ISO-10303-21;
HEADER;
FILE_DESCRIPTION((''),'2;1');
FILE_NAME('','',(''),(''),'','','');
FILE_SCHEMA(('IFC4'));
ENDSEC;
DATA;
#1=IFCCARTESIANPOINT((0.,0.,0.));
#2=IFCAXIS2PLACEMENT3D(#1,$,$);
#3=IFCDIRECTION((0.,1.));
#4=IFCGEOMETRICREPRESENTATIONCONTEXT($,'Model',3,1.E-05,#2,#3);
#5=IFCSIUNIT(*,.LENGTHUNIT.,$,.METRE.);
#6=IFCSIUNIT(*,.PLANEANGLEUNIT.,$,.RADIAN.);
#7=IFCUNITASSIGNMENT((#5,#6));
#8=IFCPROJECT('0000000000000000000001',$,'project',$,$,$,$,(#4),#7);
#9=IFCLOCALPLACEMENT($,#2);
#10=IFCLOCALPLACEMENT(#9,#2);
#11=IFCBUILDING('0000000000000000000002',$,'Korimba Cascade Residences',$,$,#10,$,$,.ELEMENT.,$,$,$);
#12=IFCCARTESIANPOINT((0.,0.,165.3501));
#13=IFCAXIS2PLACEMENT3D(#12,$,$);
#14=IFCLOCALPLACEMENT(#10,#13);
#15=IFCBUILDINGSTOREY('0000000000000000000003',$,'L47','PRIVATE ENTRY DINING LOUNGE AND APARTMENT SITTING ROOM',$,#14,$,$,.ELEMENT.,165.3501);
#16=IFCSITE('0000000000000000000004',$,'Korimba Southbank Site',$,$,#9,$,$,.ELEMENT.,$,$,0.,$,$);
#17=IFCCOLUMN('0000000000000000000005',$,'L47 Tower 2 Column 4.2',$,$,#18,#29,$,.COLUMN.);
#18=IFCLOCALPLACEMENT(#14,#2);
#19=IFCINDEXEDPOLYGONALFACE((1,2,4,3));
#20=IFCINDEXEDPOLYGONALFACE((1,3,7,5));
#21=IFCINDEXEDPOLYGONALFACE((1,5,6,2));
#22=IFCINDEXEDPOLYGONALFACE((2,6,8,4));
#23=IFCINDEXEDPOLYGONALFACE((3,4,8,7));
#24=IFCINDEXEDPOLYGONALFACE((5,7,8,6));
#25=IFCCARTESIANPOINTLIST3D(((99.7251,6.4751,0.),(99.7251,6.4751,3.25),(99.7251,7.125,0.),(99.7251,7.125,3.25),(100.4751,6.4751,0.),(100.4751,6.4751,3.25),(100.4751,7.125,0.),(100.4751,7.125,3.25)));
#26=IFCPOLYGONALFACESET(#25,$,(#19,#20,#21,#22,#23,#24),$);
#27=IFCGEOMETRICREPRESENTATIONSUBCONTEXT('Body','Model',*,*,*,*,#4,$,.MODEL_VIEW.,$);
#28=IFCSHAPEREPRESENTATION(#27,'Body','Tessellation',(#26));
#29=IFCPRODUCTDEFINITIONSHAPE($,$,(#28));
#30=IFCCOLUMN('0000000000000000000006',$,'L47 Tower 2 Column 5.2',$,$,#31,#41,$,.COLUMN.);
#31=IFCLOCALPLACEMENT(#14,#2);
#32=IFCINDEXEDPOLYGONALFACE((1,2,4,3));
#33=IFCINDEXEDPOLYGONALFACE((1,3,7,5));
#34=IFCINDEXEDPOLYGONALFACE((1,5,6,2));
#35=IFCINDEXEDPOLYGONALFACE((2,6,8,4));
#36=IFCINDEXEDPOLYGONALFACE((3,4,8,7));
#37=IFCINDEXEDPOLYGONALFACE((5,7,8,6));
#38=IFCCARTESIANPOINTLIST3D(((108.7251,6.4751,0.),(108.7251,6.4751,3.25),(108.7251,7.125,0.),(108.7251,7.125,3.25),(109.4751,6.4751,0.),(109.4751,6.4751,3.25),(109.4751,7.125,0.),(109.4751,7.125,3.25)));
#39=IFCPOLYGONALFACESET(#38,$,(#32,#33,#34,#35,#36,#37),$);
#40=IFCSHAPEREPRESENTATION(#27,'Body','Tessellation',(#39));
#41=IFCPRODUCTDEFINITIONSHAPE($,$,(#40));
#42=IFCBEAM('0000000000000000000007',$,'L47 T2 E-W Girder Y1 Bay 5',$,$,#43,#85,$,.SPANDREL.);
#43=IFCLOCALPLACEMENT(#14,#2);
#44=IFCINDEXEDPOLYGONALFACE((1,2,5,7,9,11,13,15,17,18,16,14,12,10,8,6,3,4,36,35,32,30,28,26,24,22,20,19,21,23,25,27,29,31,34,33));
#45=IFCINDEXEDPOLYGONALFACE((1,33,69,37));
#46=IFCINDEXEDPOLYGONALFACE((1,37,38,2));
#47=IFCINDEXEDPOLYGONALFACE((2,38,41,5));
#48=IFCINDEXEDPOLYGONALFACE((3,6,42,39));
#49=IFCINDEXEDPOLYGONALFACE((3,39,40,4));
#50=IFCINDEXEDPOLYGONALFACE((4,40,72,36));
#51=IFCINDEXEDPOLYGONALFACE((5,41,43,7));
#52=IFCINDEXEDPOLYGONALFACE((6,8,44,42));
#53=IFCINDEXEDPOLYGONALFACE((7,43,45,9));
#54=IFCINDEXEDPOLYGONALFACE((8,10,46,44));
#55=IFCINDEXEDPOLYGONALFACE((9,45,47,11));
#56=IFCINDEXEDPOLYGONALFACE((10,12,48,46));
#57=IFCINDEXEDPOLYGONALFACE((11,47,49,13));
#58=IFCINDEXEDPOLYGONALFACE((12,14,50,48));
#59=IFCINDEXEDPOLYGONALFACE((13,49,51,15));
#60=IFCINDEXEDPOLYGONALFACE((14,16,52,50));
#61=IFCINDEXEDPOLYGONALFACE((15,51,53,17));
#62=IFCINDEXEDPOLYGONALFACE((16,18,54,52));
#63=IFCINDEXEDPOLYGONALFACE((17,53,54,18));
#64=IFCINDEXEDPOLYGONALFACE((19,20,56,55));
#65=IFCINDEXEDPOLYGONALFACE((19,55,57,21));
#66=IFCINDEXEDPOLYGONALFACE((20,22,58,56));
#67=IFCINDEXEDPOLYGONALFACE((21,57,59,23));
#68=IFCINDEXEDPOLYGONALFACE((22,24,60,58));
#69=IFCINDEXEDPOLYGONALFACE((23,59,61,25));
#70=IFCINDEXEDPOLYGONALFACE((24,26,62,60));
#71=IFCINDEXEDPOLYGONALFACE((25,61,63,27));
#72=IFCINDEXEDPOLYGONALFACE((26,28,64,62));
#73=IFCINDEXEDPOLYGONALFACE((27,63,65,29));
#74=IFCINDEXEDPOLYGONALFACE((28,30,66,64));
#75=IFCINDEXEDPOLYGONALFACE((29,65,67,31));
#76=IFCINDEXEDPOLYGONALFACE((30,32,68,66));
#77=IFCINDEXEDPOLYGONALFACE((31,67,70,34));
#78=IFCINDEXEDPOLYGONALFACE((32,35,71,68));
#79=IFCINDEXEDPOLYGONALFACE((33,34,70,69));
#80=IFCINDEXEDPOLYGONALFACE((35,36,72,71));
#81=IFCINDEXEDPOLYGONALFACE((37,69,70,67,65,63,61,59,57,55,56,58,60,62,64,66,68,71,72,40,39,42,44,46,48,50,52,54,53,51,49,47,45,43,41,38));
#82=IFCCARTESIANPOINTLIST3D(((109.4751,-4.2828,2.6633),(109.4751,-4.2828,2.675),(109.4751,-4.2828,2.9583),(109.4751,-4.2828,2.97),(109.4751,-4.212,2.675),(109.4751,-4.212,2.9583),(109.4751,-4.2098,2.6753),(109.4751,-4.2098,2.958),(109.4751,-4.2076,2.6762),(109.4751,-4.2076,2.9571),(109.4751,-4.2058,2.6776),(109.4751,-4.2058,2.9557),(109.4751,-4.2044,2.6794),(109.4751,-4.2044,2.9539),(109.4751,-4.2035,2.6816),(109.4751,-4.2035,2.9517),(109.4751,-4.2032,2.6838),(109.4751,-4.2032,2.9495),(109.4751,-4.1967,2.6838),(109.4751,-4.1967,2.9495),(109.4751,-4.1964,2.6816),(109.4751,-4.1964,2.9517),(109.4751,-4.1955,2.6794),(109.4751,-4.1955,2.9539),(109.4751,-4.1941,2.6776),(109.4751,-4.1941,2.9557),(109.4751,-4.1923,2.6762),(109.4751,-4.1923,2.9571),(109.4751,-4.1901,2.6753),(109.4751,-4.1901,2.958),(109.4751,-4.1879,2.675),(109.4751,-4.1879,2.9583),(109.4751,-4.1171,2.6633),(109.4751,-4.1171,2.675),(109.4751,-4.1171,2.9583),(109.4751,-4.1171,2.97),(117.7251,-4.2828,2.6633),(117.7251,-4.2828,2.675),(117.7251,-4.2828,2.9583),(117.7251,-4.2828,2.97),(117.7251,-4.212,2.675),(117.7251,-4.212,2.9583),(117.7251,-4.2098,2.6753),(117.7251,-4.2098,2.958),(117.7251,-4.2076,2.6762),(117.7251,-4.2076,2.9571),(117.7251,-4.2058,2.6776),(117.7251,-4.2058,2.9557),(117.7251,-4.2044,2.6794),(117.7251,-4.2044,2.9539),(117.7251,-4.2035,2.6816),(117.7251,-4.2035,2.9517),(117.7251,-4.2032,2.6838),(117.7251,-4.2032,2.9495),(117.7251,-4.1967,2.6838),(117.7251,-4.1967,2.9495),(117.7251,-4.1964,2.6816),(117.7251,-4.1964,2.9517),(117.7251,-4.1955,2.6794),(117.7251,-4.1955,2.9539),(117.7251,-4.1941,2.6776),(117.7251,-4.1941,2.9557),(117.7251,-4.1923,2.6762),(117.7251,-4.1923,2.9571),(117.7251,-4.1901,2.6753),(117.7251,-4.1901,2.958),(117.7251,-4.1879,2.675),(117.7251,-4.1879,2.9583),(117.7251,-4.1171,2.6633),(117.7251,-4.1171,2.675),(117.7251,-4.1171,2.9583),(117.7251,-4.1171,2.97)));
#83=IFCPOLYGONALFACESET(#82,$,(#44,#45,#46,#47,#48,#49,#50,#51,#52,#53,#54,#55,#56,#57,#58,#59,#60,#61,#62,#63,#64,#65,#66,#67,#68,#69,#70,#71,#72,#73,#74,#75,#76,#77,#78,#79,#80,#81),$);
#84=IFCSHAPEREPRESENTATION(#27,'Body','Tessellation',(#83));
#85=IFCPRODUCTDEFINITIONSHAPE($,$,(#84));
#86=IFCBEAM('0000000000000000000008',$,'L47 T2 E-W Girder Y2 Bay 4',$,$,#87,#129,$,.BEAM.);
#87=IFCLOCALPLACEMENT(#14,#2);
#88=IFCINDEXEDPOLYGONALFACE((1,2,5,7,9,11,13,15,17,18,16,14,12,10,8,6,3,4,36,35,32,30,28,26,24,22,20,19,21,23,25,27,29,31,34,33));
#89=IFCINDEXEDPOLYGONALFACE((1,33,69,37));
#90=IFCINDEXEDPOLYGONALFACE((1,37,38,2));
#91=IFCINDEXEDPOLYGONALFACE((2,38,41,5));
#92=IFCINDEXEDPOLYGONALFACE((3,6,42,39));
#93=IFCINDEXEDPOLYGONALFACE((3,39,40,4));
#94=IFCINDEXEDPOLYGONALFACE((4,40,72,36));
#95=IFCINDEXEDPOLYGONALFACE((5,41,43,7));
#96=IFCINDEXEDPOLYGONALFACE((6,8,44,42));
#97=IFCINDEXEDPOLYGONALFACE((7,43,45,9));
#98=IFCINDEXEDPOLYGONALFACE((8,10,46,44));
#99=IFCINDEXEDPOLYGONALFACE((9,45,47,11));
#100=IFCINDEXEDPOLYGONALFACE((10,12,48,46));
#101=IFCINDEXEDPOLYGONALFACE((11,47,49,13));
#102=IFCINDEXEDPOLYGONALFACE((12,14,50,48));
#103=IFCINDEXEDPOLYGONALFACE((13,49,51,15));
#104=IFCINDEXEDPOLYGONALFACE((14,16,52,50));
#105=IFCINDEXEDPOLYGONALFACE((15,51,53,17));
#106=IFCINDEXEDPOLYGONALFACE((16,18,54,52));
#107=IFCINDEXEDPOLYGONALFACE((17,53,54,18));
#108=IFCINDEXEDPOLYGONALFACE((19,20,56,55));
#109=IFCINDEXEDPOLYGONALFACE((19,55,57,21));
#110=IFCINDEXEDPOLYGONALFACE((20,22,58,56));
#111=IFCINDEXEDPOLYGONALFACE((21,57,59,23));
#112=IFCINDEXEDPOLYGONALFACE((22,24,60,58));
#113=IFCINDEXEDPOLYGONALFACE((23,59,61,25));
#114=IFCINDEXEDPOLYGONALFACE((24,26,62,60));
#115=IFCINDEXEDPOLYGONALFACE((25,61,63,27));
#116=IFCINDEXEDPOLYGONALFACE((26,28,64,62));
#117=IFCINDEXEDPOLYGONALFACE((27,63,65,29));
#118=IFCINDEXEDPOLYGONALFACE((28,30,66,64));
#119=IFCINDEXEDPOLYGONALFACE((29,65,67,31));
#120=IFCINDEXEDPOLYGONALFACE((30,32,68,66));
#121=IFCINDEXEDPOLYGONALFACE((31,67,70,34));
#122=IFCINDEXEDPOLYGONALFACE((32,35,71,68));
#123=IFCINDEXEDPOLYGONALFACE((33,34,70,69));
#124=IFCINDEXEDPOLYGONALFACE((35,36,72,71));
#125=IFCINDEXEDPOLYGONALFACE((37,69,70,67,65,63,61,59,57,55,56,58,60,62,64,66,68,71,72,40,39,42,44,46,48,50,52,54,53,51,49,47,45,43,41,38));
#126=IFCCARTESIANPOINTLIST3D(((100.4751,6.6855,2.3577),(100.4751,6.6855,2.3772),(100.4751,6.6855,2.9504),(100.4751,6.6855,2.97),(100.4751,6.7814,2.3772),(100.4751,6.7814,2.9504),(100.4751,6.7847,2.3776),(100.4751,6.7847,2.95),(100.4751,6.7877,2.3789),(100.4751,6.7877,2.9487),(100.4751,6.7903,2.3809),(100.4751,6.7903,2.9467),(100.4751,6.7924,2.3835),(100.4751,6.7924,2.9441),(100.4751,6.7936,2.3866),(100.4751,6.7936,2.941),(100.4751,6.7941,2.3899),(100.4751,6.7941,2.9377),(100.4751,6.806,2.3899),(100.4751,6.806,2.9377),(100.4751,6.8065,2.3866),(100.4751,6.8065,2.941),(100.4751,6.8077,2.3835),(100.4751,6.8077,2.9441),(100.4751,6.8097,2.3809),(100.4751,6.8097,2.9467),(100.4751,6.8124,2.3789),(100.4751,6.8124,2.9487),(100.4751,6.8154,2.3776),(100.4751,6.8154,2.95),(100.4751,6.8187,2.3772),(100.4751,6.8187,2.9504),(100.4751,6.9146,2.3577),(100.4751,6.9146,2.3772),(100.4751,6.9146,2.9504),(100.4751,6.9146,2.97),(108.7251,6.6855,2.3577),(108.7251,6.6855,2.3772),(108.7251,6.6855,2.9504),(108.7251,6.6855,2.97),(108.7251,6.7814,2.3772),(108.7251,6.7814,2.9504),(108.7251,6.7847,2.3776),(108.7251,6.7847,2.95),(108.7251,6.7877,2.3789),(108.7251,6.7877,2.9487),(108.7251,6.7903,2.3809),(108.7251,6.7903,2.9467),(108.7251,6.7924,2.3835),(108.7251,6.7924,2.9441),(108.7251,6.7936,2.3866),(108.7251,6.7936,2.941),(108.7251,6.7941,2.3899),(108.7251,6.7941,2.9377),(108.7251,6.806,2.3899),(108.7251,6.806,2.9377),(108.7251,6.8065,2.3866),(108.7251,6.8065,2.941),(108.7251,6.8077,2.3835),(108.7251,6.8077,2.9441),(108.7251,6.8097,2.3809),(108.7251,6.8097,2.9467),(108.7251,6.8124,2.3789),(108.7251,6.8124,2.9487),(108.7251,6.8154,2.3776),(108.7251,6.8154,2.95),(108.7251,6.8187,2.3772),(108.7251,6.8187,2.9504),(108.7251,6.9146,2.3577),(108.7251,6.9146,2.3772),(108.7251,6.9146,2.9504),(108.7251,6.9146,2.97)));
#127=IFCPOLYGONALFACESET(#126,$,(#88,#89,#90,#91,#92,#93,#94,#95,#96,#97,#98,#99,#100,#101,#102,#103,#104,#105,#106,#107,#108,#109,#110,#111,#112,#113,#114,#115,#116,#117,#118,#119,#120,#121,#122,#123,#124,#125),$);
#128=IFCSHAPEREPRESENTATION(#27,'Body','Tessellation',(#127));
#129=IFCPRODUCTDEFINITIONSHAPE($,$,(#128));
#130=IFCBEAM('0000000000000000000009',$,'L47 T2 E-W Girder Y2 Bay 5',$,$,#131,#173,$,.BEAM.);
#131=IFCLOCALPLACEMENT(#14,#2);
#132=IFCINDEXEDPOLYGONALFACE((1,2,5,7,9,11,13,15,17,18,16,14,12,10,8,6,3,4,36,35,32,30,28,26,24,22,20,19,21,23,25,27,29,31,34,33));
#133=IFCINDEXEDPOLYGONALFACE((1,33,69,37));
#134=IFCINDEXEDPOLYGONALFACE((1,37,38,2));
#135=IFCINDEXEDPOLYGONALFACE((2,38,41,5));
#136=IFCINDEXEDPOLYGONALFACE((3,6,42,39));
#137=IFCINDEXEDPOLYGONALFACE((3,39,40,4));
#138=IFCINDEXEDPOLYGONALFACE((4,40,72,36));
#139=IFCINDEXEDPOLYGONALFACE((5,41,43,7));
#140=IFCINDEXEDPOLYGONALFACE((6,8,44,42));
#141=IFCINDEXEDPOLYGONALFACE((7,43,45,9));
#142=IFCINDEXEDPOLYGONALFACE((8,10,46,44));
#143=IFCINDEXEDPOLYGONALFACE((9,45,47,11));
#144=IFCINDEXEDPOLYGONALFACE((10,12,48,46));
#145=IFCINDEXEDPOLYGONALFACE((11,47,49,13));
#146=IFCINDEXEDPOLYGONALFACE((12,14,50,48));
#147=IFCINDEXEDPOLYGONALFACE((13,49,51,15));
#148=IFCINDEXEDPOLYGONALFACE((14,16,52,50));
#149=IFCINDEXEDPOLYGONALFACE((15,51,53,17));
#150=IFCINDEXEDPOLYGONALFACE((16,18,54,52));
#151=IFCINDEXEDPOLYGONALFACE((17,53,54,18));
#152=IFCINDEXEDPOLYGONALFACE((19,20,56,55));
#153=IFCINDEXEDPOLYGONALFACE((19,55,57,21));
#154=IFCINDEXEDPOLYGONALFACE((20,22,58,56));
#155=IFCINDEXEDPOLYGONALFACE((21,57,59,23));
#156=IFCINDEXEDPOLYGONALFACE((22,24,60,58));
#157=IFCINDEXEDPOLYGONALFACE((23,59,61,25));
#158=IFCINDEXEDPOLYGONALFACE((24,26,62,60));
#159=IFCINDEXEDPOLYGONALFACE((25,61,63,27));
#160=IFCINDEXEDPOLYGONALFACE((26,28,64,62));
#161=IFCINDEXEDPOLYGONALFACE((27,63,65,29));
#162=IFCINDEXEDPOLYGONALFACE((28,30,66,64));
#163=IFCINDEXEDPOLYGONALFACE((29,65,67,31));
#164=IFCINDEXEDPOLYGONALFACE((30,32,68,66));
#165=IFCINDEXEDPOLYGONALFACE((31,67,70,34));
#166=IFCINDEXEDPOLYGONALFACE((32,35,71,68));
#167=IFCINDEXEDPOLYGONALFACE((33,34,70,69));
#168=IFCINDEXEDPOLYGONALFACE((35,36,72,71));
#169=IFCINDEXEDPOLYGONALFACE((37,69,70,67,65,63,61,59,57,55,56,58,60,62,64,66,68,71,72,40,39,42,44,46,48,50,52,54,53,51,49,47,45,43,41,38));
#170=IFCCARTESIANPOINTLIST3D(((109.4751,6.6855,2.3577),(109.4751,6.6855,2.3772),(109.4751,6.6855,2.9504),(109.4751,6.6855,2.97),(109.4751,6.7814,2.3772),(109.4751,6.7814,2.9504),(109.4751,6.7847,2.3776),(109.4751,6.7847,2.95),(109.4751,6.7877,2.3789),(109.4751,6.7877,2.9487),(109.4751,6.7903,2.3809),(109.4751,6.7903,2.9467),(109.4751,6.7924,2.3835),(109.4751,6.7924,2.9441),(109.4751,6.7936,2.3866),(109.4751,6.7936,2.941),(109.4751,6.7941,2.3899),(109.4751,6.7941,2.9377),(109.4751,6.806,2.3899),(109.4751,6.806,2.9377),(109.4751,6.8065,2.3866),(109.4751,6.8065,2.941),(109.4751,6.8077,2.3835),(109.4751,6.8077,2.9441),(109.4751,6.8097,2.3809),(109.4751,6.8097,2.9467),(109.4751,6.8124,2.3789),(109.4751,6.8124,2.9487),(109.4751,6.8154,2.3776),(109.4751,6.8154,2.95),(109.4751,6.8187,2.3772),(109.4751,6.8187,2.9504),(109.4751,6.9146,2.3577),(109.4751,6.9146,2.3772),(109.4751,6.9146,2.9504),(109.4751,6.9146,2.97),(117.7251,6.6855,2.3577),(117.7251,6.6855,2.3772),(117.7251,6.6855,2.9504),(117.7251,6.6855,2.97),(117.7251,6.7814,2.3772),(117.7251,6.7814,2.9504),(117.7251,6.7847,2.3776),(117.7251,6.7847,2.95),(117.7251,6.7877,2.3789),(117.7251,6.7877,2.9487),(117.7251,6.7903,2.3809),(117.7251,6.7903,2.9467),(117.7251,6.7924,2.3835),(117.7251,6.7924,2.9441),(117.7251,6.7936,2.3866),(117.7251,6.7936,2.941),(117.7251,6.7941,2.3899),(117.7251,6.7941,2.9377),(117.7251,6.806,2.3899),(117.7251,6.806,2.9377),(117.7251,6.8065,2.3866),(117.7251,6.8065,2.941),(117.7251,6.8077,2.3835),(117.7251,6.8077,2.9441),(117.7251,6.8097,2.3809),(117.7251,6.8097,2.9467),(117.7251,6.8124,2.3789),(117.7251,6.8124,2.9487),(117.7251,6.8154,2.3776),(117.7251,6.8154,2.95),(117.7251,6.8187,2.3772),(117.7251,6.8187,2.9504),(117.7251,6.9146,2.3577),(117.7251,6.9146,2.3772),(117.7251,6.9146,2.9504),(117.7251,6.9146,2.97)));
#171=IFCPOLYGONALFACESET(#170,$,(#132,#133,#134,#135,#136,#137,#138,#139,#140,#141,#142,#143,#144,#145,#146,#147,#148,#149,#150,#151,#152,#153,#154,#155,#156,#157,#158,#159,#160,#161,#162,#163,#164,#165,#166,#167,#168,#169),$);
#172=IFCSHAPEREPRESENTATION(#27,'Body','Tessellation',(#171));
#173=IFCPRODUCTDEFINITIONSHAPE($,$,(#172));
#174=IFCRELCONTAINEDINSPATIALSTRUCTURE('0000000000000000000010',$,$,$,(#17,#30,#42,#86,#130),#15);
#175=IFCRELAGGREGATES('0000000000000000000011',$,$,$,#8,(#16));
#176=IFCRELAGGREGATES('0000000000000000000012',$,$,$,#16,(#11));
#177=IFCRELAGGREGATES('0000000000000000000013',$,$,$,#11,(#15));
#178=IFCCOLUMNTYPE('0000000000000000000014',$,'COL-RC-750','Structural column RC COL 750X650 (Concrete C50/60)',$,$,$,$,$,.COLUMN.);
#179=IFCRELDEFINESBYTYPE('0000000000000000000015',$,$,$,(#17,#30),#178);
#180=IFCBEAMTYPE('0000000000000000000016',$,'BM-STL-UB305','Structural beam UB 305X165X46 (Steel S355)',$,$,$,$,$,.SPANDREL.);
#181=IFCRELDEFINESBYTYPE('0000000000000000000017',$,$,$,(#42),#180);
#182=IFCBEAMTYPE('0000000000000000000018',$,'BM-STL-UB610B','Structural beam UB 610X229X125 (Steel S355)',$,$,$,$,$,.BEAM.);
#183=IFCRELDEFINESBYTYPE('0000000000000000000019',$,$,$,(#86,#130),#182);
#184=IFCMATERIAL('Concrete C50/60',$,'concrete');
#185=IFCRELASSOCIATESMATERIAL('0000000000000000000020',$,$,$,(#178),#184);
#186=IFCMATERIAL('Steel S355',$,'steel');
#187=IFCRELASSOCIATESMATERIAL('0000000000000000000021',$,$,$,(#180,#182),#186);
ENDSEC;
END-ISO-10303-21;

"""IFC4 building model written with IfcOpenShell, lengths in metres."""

from ifc_helpers import new_model, si_unit, direction, frame, origin, origin_2d, place, context, subcontext, project, spatial, rectangle, i_section, extrude, material, material_profile, profile_set, type_object, element, save


model = new_model("IFC4")

# Units and contexts
model_context = context("Model", 3, precision=1e-05, world=origin(), true_north=direction((0.0, 1.0)))
body_context = subcontext(model_context, "Body", "Model", "MODEL_VIEW")
ifc_project = project(units=[si_unit("LENGTHUNIT", "METRE"), si_unit("PLANEANGLEUNIT", "RADIAN")], contexts=[model_context])

# Site, building, storey
site_placement = place(None, origin())
site = spatial("IfcSite", under=ifc_project, at=site_placement, Name="Korimba Southbank Site", CompositionType="ELEMENT", RefElevation=0.0)
building_placement = place(site_placement, origin())
building = spatial("IfcBuilding", under=site, at=building_placement, Name="Korimba Cascade Residences", CompositionType="ELEMENT")
storey_placement = place(building_placement, frame((0.0, 0.0, 165.3501)))
storey = spatial("IfcBuildingStorey", under=building, at=storey_placement, Name="L47", Description="PRIVATE ENTRY DINING LOUNGE AND APARTMENT SITTING ROOM", CompositionType="ELEMENT", Elevation=165.3501)

# Columns
ifc_material_1 = material(Name="Concrete C50/60", Category="concrete")
ifc_material_profile_1 = material_profile(ifc_material_1, rectangle(XDim=0.75, YDim=0.6499, at=origin_2d()), Name="Concrete C50/60")
ifc_profile_set_1 = profile_set([ifc_material_profile_1], Name="Concrete C50/60")
column_type = type_object("IfcColumnType", Name="COL-RC-750", Description="Structural column RC COL 750X650 (Concrete C50/60)", PredefinedType="COLUMN", material=ifc_profile_set_1)
for number, where, z_axis, x_axis, name in (
    (1, (100.1001, 6.8, 0.0), (0.0, 0.0, 1.0), (1.0, 0.0, 0.0), "L47 Tower 2 Column 4.2"),
    (2, (109.1001, 6.8, 0.0), (0.0, 0.0, 1.0), (1.0, 0.0, 0.0), "L47 Tower 2 Column 5.2"),
):
    element("IfcColumn", number, at=place(storey_placement, frame(where, z_axis=z_axis, x_axis=x_axis)), inside=storey, type_object=column_type, Name=name, PredefinedType="COLUMN", context=body_context, shape_type="SweptSolid", body=[
        extrude(rectangle(XDim=0.75, YDim=0.6499, at=origin_2d()), origin(), (0.0, 0.0, 1.0), 3.25),
    ])

# Beams
ifc_material_2 = material(Name="Steel S355", Category="steel")
ifc_material_profile_2 = material_profile(ifc_material_2, i_section(OverallWidth=0.1658, OverallDepth=0.3066, WebThickness=0.0066, FlangeThickness=0.0117, FilletRadius=0.0088, at=origin_2d()), Name="Steel S355")
ifc_profile_set_2 = profile_set([ifc_material_profile_2], Name="Steel S355")
beam_type_1 = type_object("IfcBeamType", Name="BM-STL-UB305", Description="Structural beam UB 305X165X46 (Steel S355)", PredefinedType="SPANDREL", material=ifc_profile_set_2)
beam_placement = place(storey_placement, frame((109.4751, -4.2, 2.8167), z_axis=(1.0, 0.0, 0.0), x_axis=(0.0, 1.0, 0.0)))
element("IfcBeam", 3, at=beam_placement, inside=storey, type_object=beam_type_1, Name="L47 T2 E-W Girder Y1 Bay 5", PredefinedType="SPANDREL", context=body_context, shape_type="SweptSolid", body=[
    extrude(i_section(OverallWidth=0.1658, OverallDepth=0.3066, WebThickness=0.0066, FlangeThickness=0.0117, FilletRadius=0.0088, at=origin_2d()), origin(), (0.0, 0.0, 1.0), 8.25),
])
ifc_material_profile_3 = material_profile(ifc_material_2, i_section(OverallWidth=0.229, OverallDepth=0.6123, WebThickness=0.012, FlangeThickness=0.0195, FilletRadius=0.0127, at=origin_2d()), Name="Steel S355")
ifc_profile_set_3 = profile_set([ifc_material_profile_3], Name="Steel S355")
beam_type_2 = type_object("IfcBeamType", Name="BM-STL-UB610B", Description="Structural beam UB 610X229X125 (Steel S355)", PredefinedType="BEAM", material=ifc_profile_set_3)
for number, where, z_axis, x_axis, name in (
    (4, (100.4751, 6.8, 2.6638), (1.0, 0.0, 0.0), (0.0, 1.0, 0.0), "L47 T2 E-W Girder Y2 Bay 4"),
    (5, (109.4751, 6.8, 2.6638), (1.0, 0.0, 0.0), (0.0, 1.0, 0.0), "L47 T2 E-W Girder Y2 Bay 5"),
):
    element("IfcBeam", number, at=place(storey_placement, frame(where, z_axis=z_axis, x_axis=x_axis)), inside=storey, type_object=beam_type_2, Name=name, PredefinedType="BEAM", context=body_context, shape_type="SweptSolid", body=[
        extrude(i_section(OverallWidth=0.229, OverallDepth=0.6123, WebThickness=0.012, FlangeThickness=0.0195, FilletRadius=0.0127, at=origin_2d()), origin(), (0.0, 0.0, 1.0), 8.25),
    ])

save(model, "model.ifc")
